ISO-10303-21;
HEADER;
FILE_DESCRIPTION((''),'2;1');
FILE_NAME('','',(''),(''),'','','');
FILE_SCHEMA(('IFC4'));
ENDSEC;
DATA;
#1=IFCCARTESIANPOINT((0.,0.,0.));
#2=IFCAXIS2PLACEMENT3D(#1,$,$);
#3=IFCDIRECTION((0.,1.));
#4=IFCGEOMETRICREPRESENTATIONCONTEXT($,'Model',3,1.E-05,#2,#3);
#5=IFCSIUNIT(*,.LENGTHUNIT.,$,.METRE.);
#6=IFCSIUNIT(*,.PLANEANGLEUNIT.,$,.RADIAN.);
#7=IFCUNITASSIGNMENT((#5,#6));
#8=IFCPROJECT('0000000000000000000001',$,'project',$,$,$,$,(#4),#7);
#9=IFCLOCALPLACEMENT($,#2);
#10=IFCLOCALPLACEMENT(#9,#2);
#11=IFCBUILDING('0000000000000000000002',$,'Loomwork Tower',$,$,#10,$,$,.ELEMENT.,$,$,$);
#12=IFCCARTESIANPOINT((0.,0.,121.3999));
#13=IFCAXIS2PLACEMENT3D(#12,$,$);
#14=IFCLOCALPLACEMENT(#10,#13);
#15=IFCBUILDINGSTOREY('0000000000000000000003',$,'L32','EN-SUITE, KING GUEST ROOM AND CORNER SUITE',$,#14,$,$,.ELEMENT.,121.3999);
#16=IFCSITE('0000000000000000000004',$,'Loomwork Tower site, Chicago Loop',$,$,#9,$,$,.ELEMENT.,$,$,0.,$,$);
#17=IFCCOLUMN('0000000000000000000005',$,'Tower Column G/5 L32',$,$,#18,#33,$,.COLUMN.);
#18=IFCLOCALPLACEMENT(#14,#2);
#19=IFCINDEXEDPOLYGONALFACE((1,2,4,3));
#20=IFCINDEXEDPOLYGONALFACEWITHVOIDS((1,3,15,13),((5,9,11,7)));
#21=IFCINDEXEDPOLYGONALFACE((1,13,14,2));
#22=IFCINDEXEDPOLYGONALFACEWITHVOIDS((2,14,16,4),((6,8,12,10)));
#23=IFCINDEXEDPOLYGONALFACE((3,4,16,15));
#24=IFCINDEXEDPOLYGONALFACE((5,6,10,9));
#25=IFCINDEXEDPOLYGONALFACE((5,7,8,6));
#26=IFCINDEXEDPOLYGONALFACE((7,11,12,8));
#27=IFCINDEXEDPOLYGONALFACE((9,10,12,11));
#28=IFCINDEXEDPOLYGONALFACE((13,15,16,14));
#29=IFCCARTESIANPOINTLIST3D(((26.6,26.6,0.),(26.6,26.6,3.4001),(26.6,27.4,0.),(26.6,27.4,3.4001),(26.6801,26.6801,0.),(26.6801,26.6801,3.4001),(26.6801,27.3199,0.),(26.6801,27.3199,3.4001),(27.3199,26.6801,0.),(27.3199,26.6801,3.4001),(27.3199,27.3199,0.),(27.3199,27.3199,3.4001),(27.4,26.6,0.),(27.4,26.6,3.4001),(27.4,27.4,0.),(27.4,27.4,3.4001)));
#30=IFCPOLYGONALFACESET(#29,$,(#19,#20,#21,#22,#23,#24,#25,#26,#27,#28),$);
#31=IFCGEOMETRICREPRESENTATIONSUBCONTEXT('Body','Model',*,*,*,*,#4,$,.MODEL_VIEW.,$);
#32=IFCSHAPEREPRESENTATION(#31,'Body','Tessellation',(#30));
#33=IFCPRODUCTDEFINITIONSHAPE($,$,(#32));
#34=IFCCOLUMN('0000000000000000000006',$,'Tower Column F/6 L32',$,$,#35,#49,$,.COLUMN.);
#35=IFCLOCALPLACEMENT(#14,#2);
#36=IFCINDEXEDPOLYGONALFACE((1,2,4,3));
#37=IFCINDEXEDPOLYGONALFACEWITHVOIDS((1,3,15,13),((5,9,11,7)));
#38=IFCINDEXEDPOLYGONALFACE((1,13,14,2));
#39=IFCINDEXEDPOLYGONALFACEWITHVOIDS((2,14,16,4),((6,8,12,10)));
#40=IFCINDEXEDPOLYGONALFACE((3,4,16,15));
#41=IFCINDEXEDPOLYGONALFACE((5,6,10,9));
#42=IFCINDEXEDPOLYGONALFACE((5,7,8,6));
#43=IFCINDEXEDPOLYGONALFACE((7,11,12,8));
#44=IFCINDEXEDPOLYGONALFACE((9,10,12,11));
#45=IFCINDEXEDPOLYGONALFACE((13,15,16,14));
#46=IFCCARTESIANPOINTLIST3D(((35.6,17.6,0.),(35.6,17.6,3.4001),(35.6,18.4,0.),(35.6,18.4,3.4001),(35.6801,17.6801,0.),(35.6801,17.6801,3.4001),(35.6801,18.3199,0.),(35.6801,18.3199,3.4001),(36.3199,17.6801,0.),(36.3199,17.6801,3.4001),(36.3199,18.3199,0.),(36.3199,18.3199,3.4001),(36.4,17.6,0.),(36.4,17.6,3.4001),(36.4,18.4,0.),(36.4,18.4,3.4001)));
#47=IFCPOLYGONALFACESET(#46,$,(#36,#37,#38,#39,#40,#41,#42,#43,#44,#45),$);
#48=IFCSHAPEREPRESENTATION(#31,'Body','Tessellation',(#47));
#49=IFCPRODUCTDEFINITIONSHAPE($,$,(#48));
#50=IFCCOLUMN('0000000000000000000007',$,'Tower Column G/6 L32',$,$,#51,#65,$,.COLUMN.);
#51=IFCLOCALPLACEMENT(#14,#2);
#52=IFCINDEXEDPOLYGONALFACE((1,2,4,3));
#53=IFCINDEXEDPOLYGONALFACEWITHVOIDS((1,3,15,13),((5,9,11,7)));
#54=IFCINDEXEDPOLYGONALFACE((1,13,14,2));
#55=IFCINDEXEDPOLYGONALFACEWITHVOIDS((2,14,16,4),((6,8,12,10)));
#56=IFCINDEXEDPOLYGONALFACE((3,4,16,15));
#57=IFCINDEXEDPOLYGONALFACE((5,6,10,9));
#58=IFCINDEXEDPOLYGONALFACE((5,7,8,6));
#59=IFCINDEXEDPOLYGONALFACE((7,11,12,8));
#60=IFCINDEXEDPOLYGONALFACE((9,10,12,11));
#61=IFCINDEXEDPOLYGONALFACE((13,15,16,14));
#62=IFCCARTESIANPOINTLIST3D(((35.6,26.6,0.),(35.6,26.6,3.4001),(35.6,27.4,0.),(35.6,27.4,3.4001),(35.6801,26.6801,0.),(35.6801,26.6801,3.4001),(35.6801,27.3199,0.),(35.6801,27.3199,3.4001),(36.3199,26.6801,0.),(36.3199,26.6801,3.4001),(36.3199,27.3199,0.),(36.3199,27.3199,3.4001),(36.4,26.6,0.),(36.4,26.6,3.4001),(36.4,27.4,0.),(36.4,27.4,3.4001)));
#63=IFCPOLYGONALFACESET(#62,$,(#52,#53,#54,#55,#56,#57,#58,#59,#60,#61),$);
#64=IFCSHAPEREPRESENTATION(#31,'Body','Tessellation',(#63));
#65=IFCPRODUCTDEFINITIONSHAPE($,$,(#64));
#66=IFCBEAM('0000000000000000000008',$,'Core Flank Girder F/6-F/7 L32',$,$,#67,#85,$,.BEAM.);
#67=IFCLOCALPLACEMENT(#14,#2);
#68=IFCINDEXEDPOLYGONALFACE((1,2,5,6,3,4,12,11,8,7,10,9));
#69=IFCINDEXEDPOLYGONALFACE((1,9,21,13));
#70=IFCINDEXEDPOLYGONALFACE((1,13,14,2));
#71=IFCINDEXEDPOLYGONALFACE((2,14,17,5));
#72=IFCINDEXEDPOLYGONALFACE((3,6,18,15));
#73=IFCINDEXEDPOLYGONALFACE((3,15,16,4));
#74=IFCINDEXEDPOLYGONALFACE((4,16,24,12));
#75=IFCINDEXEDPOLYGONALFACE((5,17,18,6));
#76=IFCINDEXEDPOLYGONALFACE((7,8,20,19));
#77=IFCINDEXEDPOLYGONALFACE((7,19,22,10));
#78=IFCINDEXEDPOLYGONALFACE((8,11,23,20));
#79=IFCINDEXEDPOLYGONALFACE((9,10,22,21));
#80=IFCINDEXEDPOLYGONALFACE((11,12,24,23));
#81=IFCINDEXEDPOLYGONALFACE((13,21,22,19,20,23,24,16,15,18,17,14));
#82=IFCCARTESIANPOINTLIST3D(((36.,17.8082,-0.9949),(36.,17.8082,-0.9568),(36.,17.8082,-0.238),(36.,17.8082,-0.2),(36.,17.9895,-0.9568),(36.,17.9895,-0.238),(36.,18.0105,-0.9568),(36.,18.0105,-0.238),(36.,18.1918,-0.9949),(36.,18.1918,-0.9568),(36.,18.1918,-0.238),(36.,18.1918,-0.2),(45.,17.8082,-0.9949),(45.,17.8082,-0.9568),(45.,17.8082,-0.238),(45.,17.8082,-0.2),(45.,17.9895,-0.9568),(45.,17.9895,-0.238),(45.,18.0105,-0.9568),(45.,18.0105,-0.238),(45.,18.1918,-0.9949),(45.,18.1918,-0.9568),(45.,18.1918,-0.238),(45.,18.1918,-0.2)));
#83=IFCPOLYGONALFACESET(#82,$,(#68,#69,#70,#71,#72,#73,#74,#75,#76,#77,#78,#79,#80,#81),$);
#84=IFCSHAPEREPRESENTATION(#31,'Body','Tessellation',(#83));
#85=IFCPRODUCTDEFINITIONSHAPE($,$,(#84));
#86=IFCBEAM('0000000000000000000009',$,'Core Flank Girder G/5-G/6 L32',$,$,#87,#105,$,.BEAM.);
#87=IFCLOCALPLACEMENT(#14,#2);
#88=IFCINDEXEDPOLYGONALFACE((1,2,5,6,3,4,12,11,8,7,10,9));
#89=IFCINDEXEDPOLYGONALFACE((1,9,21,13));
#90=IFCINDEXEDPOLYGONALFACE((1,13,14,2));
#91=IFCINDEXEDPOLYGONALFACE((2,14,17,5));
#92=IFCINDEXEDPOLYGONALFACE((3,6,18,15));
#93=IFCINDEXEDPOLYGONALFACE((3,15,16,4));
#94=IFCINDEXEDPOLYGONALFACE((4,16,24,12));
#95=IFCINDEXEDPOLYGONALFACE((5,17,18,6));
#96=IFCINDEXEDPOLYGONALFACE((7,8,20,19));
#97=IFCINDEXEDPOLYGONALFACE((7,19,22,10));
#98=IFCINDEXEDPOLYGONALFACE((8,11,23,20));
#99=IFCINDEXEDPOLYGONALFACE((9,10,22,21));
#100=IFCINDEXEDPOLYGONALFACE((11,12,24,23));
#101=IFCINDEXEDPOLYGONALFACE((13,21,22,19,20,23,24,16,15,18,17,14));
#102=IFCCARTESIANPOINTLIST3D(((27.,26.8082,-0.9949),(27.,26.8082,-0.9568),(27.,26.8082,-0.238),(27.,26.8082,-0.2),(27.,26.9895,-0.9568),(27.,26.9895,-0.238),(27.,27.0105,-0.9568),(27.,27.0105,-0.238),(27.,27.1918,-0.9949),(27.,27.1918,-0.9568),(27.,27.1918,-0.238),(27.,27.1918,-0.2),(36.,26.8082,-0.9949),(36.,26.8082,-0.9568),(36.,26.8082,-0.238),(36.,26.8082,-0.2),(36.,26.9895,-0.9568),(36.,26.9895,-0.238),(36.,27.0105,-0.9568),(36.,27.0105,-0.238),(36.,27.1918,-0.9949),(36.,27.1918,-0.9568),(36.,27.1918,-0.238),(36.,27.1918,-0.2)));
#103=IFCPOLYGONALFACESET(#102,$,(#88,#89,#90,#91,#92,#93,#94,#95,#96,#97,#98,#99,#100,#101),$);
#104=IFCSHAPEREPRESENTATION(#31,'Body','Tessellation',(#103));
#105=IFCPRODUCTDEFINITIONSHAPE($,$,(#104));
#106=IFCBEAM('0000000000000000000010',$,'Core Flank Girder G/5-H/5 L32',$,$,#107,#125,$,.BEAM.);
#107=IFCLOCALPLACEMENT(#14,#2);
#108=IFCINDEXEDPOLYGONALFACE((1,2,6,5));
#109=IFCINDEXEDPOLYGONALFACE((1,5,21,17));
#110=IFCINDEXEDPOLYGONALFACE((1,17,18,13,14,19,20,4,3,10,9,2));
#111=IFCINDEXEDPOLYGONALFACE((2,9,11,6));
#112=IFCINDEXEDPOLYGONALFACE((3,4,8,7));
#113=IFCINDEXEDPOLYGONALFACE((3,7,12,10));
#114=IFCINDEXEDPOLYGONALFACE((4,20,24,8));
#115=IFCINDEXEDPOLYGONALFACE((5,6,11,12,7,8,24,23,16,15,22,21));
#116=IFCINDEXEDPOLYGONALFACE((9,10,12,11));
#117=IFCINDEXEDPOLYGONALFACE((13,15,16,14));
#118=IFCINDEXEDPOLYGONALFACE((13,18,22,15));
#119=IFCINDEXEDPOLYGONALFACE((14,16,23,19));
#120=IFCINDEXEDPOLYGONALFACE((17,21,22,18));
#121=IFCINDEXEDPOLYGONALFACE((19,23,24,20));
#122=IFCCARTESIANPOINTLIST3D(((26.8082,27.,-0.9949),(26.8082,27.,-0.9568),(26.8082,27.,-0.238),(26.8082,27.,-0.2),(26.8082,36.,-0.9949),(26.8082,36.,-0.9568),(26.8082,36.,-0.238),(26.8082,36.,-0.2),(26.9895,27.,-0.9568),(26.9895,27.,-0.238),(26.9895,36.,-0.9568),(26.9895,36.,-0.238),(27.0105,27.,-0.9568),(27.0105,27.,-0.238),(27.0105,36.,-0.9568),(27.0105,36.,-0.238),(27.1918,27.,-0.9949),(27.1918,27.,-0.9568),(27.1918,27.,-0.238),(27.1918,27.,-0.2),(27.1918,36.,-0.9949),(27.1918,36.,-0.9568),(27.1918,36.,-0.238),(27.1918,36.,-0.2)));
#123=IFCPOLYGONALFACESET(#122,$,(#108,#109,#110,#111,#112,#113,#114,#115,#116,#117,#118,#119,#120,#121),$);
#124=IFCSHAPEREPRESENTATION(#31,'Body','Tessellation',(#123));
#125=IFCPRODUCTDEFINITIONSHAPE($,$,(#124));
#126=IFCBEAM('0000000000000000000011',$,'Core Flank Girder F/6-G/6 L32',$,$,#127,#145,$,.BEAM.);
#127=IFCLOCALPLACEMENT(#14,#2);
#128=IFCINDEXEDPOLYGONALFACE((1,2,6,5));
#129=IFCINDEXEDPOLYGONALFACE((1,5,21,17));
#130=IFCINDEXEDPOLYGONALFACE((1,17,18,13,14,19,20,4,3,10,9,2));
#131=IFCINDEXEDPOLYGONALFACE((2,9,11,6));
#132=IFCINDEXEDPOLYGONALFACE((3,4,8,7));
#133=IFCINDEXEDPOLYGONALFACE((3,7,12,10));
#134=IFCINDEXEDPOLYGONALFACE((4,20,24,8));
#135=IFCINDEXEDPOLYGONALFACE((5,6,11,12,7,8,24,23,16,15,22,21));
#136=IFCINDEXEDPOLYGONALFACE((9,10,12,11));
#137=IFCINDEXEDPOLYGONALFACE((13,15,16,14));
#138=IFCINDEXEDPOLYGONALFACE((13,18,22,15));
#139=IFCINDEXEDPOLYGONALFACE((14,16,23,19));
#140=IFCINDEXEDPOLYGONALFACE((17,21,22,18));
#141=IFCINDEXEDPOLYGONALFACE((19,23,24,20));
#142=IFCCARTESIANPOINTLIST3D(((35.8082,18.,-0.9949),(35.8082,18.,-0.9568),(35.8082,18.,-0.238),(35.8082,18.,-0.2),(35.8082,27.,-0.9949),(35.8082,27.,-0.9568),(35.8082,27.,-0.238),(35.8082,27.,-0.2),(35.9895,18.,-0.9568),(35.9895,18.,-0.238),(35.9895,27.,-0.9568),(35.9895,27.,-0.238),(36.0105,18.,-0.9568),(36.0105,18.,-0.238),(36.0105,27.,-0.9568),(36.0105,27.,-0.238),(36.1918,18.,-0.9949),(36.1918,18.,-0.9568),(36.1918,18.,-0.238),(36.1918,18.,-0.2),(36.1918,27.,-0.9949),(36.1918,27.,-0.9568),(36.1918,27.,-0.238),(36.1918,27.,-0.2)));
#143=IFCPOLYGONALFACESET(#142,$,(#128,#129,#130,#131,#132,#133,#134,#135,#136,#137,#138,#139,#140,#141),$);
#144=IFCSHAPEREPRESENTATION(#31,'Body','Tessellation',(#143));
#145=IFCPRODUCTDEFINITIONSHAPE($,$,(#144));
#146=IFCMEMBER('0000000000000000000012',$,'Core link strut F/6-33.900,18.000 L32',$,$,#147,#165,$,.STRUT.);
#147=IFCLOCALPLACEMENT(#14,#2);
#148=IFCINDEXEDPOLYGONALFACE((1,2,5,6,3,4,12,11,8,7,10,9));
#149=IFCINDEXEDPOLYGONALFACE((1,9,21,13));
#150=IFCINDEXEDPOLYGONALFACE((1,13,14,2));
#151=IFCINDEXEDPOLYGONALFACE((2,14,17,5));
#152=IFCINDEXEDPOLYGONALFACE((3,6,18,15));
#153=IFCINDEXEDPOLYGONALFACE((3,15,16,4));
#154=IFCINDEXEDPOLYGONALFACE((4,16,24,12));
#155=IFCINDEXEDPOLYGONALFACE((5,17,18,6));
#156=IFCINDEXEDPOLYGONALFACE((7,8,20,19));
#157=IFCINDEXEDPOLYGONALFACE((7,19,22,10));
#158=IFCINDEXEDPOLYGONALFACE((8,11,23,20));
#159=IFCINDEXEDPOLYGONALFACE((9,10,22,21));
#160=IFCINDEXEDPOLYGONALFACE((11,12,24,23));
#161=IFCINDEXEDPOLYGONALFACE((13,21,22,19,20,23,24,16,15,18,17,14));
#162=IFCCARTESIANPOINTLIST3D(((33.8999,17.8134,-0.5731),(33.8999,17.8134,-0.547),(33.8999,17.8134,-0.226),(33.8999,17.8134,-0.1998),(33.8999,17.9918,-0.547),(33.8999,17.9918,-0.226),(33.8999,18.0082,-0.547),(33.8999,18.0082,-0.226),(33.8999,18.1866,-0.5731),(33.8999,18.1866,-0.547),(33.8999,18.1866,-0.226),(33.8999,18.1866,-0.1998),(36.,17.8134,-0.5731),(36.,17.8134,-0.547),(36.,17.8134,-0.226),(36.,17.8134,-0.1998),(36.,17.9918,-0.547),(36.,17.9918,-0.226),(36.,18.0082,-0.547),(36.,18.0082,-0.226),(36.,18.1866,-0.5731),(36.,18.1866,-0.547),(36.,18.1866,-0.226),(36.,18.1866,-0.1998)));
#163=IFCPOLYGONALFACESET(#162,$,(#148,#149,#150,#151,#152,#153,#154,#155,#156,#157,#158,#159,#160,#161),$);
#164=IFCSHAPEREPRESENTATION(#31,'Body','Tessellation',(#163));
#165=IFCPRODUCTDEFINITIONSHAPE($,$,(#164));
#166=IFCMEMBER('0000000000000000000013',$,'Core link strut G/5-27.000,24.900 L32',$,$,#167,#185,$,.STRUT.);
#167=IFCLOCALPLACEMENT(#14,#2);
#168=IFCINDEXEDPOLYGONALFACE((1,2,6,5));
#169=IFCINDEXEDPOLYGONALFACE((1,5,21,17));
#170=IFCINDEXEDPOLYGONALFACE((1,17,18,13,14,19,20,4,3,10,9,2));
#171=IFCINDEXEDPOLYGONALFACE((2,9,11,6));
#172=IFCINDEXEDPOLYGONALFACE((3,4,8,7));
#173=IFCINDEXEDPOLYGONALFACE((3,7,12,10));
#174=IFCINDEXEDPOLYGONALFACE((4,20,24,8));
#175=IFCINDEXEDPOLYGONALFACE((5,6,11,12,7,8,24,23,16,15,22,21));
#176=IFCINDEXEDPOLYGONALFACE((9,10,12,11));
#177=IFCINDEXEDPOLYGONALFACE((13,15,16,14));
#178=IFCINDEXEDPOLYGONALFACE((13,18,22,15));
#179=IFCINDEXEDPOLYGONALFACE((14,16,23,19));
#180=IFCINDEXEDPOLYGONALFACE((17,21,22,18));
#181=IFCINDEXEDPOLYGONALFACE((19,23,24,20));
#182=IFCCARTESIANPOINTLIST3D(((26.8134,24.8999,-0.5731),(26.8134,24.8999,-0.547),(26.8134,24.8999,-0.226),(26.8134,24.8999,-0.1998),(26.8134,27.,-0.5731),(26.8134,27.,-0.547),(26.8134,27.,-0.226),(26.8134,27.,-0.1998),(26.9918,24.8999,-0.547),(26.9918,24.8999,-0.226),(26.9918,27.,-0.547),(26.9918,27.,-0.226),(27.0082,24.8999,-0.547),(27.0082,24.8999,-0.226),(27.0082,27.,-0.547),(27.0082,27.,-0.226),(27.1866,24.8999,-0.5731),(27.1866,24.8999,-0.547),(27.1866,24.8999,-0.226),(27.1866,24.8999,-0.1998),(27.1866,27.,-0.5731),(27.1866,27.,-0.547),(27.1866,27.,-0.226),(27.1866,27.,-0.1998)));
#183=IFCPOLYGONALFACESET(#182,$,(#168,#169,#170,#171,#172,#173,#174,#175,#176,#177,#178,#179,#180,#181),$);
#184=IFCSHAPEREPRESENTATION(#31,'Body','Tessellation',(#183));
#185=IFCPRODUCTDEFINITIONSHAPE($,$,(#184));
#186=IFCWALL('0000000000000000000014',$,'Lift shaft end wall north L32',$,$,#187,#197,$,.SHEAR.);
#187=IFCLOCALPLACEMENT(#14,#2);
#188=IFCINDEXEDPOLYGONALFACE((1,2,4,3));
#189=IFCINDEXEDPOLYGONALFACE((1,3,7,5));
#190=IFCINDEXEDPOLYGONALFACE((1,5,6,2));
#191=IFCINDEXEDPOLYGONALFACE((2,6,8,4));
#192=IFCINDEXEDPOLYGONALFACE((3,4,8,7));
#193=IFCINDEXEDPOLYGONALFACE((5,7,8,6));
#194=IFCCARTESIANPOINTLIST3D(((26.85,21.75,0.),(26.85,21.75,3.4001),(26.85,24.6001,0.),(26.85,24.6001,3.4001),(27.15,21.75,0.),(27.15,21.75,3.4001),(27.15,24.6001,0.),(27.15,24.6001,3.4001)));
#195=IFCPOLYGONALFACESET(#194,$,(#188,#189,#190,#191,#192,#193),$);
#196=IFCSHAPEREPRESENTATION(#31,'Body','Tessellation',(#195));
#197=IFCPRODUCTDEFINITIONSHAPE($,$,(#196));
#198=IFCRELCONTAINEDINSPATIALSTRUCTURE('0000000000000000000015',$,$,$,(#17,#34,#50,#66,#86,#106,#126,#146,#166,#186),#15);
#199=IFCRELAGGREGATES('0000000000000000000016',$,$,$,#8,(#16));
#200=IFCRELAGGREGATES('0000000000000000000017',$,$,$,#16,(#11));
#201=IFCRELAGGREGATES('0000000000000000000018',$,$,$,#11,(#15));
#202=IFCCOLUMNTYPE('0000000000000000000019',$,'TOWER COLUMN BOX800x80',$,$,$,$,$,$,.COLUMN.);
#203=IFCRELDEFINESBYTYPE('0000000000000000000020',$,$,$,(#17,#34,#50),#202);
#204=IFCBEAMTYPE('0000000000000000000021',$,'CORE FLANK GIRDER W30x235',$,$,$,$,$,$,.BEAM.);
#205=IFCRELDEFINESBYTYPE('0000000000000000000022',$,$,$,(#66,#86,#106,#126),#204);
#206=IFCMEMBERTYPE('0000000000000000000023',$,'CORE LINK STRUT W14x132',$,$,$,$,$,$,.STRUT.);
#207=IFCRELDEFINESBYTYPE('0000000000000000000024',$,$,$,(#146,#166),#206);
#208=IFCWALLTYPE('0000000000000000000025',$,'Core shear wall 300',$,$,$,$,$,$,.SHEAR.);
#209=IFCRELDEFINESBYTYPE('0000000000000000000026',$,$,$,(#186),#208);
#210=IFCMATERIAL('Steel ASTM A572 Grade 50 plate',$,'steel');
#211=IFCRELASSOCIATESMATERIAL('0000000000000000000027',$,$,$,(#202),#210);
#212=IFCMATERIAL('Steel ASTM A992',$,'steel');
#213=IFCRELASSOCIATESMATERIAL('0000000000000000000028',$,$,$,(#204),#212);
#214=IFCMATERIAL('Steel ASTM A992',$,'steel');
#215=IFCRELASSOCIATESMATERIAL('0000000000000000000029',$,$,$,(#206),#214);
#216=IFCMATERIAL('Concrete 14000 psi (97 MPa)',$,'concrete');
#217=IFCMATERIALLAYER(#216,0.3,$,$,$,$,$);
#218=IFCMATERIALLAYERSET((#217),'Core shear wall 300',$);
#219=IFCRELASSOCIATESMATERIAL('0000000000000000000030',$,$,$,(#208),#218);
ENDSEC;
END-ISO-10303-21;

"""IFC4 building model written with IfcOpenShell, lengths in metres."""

from ifc_helpers import new_model, si_unit, direction, frame, frame_2d, origin, origin_2d, place, context, subcontext, project, spatial, rectangle, hollow_rectangle, i_section, extrude, material, layer, layer_set, material_profile, profile_set, type_object, element, save


model = new_model("IFC4")

# Units and contexts
model_context = context("Model", 3, precision=1e-05, world=origin(), true_north=direction((0.0, 1.0)))
body_context = subcontext(model_context, "Body", "Model", "MODEL_VIEW")
ifc_project = project(units=[si_unit("LENGTHUNIT", "METRE"), si_unit("PLANEANGLEUNIT", "RADIAN")], contexts=[model_context])

# Site, building, storey
site_placement = place(None, origin())
site = spatial("IfcSite", under=ifc_project, at=site_placement, Name="Loomwork Tower site, Chicago Loop", CompositionType="ELEMENT", RefElevation=0.0)
building_placement = place(site_placement, origin())
building = spatial("IfcBuilding", under=site, at=building_placement, Name="Loomwork Tower", CompositionType="ELEMENT")
storey_placement = place(building_placement, frame((0.0, 0.0, 121.3999)))
storey = spatial("IfcBuildingStorey", under=building, at=storey_placement, Name="L32", Description="EN-SUITE, KING GUEST ROOM AND CORNER SUITE", CompositionType="ELEMENT", Elevation=121.3999)

# Columns
ifc_material_1 = material(Name="Steel ASTM A572 Grade 50 plate", Category="steel")
ifc_material_profile_1 = material_profile(ifc_material_1, hollow_rectangle(XDim=0.8, YDim=0.8, WallThickness=0.0801, at=origin_2d()), Name="BOX800x80")
ifc_profile_set_1 = profile_set([ifc_material_profile_1], Name="Steel ASTM A572 Grade 50 plate")
column_type = type_object("IfcColumnType", Name="TOWER COLUMN BOX800x80", PredefinedType="COLUMN", material=ifc_profile_set_1)
for number, where, z_axis, x_axis, name in (
    (1, (27.0, 27.0, 0.0), (0.0, 0.0, 1.0), (1.0, 0.0, 0.0), "Tower Column G/5 L32"),
    (2, (36.0, 18.0, 0.0), (0.0, 0.0, 1.0), (0.0, 1.0, 0.0), "Tower Column F/6 L32"),
    (3, (36.0, 27.0, 0.0), (0.0, 0.0, 1.0), (1.0, 0.0, 0.0), "Tower Column G/6 L32"),
):
    element("IfcColumn", number, at=place(storey_placement, frame(where, z_axis=z_axis, x_axis=x_axis)), inside=storey, type_object=column_type, Name=name, PredefinedType="COLUMN", context=body_context, shape_type="SweptSolid", body=[
        extrude(hollow_rectangle(XDim=0.8, YDim=0.8, WallThickness=0.0801, at=origin_2d()), origin(), (0.0, 0.0, 1.0), 3.4001),
    ])

# Beams
ifc_material_2 = material(Name="Steel ASTM A992", Category="steel")
ifc_material_profile_2 = material_profile(ifc_material_2, i_section(OverallWidth=0.3835, OverallDepth=0.7949, WebThickness=0.021, FlangeThickness=0.0381, at=origin_2d()), Name="W30x235")
ifc_profile_set_2 = profile_set([ifc_material_profile_2], Name="Steel ASTM A992")
beam_type = type_object("IfcBeamType", Name="CORE FLANK GIRDER W30x235", PredefinedType="BEAM", material=ifc_profile_set_2)
for number, where, z_axis, x_axis, name in (
    (4, (36.0, 18.0, -0.5974), (1.0, 0.0, 0.0), (0.0, 1.0, 0.0), "Core Flank Girder F/6-F/7 L32"),
    (5, (27.0, 27.0, -0.5974), (1.0, 0.0, 0.0), (0.0, 1.0, 0.0), "Core Flank Girder G/5-G/6 L32"),
    (6, (27.0, 27.0, -0.5974), (0.0, 1.0, 0.0), (-1.0, 0.0, 0.0), "Core Flank Girder G/5-H/5 L32"),
    (7, (36.0, 18.0, -0.5974), (0.0, 1.0, 0.0), (-1.0, 0.0, 0.0), "Core Flank Girder F/6-G/6 L32"),
):
    element("IfcBeam", number, at=place(storey_placement, frame(where, z_axis=z_axis, x_axis=x_axis)), inside=storey, type_object=beam_type, Name=name, PredefinedType="BEAM", context=body_context, shape_type="SweptSolid", body=[
        extrude(i_section(OverallWidth=0.3835, OverallDepth=0.7949, WebThickness=0.021, FlangeThickness=0.0381, at=origin_2d()), origin(), (0.0, 0.0, 1.0), 9.0),
    ])

# Members
ifc_material_3 = material(Name="Steel ASTM A992", Category="steel")
ifc_material_profile_3 = material_profile(ifc_material_3, i_section(OverallWidth=0.3733, OverallDepth=0.3733, WebThickness=0.0164, FlangeThickness=0.0261, at=origin_2d()), Name="W14x132")
ifc_profile_set_3 = profile_set([ifc_material_profile_3], Name="Steel ASTM A992")
member_type = type_object("IfcMemberType", Name="CORE LINK STRUT W14x132", PredefinedType="STRUT", material=ifc_profile_set_3)
for number, where, z_axis, x_axis, name in (
    (8, (36.0, 18.0, -0.3865), (-1.0, 0.0, 0.0), (0.0, -1.0, 0.0), "Core link strut F/6-33.900,18.000 L32"),
    (9, (27.0, 27.0, -0.3865), (0.0, -1.0, 0.0), (1.0, 0.0, 0.0), "Core link strut G/5-27.000,24.900 L32"),
):
    element("IfcMember", number, at=place(storey_placement, frame(where, z_axis=z_axis, x_axis=x_axis)), inside=storey, type_object=member_type, Name=name, PredefinedType="STRUT", context=body_context, shape_type="SweptSolid", body=[
        extrude(i_section(OverallWidth=0.3733, OverallDepth=0.3733, WebThickness=0.0164, FlangeThickness=0.0261, at=origin_2d()), origin(), (0.0, 0.0, 1.0), 2.1001),
    ])

# Wall
ifc_material_4 = material(Name="Concrete 14000 psi (97 MPa)", Category="concrete")
ifc_layer_1 = layer(ifc_material_4, 0.3)
ifc_layer_set_1 = layer_set([ifc_layer_1], Name="Core shear wall 300")
wall_type_1 = type_object("IfcWallType", Name="Core shear wall 300", PredefinedType="SHEAR", material=ifc_layer_set_1)
wall_1_placement = place(storey_placement, frame((27.0, 21.75, 0.0), z_axis=(0.0, 0.0, 1.0), x_axis=(0.0, 1.0, 0.0)))
element("IfcWall", 10, at=wall_1_placement, inside=storey, type_object=wall_type_1, Name="Lift shaft end wall north L32", PredefinedType="SHEAR", context=body_context, shape_type="SweptSolid", body=[
    extrude(rectangle(XDim=2.8501, YDim=0.3, at=frame_2d((1.425, 0.0))), origin(), (0.0, 0.0, 1.0), 3.4001),
])

save(model, "model.ifc")
